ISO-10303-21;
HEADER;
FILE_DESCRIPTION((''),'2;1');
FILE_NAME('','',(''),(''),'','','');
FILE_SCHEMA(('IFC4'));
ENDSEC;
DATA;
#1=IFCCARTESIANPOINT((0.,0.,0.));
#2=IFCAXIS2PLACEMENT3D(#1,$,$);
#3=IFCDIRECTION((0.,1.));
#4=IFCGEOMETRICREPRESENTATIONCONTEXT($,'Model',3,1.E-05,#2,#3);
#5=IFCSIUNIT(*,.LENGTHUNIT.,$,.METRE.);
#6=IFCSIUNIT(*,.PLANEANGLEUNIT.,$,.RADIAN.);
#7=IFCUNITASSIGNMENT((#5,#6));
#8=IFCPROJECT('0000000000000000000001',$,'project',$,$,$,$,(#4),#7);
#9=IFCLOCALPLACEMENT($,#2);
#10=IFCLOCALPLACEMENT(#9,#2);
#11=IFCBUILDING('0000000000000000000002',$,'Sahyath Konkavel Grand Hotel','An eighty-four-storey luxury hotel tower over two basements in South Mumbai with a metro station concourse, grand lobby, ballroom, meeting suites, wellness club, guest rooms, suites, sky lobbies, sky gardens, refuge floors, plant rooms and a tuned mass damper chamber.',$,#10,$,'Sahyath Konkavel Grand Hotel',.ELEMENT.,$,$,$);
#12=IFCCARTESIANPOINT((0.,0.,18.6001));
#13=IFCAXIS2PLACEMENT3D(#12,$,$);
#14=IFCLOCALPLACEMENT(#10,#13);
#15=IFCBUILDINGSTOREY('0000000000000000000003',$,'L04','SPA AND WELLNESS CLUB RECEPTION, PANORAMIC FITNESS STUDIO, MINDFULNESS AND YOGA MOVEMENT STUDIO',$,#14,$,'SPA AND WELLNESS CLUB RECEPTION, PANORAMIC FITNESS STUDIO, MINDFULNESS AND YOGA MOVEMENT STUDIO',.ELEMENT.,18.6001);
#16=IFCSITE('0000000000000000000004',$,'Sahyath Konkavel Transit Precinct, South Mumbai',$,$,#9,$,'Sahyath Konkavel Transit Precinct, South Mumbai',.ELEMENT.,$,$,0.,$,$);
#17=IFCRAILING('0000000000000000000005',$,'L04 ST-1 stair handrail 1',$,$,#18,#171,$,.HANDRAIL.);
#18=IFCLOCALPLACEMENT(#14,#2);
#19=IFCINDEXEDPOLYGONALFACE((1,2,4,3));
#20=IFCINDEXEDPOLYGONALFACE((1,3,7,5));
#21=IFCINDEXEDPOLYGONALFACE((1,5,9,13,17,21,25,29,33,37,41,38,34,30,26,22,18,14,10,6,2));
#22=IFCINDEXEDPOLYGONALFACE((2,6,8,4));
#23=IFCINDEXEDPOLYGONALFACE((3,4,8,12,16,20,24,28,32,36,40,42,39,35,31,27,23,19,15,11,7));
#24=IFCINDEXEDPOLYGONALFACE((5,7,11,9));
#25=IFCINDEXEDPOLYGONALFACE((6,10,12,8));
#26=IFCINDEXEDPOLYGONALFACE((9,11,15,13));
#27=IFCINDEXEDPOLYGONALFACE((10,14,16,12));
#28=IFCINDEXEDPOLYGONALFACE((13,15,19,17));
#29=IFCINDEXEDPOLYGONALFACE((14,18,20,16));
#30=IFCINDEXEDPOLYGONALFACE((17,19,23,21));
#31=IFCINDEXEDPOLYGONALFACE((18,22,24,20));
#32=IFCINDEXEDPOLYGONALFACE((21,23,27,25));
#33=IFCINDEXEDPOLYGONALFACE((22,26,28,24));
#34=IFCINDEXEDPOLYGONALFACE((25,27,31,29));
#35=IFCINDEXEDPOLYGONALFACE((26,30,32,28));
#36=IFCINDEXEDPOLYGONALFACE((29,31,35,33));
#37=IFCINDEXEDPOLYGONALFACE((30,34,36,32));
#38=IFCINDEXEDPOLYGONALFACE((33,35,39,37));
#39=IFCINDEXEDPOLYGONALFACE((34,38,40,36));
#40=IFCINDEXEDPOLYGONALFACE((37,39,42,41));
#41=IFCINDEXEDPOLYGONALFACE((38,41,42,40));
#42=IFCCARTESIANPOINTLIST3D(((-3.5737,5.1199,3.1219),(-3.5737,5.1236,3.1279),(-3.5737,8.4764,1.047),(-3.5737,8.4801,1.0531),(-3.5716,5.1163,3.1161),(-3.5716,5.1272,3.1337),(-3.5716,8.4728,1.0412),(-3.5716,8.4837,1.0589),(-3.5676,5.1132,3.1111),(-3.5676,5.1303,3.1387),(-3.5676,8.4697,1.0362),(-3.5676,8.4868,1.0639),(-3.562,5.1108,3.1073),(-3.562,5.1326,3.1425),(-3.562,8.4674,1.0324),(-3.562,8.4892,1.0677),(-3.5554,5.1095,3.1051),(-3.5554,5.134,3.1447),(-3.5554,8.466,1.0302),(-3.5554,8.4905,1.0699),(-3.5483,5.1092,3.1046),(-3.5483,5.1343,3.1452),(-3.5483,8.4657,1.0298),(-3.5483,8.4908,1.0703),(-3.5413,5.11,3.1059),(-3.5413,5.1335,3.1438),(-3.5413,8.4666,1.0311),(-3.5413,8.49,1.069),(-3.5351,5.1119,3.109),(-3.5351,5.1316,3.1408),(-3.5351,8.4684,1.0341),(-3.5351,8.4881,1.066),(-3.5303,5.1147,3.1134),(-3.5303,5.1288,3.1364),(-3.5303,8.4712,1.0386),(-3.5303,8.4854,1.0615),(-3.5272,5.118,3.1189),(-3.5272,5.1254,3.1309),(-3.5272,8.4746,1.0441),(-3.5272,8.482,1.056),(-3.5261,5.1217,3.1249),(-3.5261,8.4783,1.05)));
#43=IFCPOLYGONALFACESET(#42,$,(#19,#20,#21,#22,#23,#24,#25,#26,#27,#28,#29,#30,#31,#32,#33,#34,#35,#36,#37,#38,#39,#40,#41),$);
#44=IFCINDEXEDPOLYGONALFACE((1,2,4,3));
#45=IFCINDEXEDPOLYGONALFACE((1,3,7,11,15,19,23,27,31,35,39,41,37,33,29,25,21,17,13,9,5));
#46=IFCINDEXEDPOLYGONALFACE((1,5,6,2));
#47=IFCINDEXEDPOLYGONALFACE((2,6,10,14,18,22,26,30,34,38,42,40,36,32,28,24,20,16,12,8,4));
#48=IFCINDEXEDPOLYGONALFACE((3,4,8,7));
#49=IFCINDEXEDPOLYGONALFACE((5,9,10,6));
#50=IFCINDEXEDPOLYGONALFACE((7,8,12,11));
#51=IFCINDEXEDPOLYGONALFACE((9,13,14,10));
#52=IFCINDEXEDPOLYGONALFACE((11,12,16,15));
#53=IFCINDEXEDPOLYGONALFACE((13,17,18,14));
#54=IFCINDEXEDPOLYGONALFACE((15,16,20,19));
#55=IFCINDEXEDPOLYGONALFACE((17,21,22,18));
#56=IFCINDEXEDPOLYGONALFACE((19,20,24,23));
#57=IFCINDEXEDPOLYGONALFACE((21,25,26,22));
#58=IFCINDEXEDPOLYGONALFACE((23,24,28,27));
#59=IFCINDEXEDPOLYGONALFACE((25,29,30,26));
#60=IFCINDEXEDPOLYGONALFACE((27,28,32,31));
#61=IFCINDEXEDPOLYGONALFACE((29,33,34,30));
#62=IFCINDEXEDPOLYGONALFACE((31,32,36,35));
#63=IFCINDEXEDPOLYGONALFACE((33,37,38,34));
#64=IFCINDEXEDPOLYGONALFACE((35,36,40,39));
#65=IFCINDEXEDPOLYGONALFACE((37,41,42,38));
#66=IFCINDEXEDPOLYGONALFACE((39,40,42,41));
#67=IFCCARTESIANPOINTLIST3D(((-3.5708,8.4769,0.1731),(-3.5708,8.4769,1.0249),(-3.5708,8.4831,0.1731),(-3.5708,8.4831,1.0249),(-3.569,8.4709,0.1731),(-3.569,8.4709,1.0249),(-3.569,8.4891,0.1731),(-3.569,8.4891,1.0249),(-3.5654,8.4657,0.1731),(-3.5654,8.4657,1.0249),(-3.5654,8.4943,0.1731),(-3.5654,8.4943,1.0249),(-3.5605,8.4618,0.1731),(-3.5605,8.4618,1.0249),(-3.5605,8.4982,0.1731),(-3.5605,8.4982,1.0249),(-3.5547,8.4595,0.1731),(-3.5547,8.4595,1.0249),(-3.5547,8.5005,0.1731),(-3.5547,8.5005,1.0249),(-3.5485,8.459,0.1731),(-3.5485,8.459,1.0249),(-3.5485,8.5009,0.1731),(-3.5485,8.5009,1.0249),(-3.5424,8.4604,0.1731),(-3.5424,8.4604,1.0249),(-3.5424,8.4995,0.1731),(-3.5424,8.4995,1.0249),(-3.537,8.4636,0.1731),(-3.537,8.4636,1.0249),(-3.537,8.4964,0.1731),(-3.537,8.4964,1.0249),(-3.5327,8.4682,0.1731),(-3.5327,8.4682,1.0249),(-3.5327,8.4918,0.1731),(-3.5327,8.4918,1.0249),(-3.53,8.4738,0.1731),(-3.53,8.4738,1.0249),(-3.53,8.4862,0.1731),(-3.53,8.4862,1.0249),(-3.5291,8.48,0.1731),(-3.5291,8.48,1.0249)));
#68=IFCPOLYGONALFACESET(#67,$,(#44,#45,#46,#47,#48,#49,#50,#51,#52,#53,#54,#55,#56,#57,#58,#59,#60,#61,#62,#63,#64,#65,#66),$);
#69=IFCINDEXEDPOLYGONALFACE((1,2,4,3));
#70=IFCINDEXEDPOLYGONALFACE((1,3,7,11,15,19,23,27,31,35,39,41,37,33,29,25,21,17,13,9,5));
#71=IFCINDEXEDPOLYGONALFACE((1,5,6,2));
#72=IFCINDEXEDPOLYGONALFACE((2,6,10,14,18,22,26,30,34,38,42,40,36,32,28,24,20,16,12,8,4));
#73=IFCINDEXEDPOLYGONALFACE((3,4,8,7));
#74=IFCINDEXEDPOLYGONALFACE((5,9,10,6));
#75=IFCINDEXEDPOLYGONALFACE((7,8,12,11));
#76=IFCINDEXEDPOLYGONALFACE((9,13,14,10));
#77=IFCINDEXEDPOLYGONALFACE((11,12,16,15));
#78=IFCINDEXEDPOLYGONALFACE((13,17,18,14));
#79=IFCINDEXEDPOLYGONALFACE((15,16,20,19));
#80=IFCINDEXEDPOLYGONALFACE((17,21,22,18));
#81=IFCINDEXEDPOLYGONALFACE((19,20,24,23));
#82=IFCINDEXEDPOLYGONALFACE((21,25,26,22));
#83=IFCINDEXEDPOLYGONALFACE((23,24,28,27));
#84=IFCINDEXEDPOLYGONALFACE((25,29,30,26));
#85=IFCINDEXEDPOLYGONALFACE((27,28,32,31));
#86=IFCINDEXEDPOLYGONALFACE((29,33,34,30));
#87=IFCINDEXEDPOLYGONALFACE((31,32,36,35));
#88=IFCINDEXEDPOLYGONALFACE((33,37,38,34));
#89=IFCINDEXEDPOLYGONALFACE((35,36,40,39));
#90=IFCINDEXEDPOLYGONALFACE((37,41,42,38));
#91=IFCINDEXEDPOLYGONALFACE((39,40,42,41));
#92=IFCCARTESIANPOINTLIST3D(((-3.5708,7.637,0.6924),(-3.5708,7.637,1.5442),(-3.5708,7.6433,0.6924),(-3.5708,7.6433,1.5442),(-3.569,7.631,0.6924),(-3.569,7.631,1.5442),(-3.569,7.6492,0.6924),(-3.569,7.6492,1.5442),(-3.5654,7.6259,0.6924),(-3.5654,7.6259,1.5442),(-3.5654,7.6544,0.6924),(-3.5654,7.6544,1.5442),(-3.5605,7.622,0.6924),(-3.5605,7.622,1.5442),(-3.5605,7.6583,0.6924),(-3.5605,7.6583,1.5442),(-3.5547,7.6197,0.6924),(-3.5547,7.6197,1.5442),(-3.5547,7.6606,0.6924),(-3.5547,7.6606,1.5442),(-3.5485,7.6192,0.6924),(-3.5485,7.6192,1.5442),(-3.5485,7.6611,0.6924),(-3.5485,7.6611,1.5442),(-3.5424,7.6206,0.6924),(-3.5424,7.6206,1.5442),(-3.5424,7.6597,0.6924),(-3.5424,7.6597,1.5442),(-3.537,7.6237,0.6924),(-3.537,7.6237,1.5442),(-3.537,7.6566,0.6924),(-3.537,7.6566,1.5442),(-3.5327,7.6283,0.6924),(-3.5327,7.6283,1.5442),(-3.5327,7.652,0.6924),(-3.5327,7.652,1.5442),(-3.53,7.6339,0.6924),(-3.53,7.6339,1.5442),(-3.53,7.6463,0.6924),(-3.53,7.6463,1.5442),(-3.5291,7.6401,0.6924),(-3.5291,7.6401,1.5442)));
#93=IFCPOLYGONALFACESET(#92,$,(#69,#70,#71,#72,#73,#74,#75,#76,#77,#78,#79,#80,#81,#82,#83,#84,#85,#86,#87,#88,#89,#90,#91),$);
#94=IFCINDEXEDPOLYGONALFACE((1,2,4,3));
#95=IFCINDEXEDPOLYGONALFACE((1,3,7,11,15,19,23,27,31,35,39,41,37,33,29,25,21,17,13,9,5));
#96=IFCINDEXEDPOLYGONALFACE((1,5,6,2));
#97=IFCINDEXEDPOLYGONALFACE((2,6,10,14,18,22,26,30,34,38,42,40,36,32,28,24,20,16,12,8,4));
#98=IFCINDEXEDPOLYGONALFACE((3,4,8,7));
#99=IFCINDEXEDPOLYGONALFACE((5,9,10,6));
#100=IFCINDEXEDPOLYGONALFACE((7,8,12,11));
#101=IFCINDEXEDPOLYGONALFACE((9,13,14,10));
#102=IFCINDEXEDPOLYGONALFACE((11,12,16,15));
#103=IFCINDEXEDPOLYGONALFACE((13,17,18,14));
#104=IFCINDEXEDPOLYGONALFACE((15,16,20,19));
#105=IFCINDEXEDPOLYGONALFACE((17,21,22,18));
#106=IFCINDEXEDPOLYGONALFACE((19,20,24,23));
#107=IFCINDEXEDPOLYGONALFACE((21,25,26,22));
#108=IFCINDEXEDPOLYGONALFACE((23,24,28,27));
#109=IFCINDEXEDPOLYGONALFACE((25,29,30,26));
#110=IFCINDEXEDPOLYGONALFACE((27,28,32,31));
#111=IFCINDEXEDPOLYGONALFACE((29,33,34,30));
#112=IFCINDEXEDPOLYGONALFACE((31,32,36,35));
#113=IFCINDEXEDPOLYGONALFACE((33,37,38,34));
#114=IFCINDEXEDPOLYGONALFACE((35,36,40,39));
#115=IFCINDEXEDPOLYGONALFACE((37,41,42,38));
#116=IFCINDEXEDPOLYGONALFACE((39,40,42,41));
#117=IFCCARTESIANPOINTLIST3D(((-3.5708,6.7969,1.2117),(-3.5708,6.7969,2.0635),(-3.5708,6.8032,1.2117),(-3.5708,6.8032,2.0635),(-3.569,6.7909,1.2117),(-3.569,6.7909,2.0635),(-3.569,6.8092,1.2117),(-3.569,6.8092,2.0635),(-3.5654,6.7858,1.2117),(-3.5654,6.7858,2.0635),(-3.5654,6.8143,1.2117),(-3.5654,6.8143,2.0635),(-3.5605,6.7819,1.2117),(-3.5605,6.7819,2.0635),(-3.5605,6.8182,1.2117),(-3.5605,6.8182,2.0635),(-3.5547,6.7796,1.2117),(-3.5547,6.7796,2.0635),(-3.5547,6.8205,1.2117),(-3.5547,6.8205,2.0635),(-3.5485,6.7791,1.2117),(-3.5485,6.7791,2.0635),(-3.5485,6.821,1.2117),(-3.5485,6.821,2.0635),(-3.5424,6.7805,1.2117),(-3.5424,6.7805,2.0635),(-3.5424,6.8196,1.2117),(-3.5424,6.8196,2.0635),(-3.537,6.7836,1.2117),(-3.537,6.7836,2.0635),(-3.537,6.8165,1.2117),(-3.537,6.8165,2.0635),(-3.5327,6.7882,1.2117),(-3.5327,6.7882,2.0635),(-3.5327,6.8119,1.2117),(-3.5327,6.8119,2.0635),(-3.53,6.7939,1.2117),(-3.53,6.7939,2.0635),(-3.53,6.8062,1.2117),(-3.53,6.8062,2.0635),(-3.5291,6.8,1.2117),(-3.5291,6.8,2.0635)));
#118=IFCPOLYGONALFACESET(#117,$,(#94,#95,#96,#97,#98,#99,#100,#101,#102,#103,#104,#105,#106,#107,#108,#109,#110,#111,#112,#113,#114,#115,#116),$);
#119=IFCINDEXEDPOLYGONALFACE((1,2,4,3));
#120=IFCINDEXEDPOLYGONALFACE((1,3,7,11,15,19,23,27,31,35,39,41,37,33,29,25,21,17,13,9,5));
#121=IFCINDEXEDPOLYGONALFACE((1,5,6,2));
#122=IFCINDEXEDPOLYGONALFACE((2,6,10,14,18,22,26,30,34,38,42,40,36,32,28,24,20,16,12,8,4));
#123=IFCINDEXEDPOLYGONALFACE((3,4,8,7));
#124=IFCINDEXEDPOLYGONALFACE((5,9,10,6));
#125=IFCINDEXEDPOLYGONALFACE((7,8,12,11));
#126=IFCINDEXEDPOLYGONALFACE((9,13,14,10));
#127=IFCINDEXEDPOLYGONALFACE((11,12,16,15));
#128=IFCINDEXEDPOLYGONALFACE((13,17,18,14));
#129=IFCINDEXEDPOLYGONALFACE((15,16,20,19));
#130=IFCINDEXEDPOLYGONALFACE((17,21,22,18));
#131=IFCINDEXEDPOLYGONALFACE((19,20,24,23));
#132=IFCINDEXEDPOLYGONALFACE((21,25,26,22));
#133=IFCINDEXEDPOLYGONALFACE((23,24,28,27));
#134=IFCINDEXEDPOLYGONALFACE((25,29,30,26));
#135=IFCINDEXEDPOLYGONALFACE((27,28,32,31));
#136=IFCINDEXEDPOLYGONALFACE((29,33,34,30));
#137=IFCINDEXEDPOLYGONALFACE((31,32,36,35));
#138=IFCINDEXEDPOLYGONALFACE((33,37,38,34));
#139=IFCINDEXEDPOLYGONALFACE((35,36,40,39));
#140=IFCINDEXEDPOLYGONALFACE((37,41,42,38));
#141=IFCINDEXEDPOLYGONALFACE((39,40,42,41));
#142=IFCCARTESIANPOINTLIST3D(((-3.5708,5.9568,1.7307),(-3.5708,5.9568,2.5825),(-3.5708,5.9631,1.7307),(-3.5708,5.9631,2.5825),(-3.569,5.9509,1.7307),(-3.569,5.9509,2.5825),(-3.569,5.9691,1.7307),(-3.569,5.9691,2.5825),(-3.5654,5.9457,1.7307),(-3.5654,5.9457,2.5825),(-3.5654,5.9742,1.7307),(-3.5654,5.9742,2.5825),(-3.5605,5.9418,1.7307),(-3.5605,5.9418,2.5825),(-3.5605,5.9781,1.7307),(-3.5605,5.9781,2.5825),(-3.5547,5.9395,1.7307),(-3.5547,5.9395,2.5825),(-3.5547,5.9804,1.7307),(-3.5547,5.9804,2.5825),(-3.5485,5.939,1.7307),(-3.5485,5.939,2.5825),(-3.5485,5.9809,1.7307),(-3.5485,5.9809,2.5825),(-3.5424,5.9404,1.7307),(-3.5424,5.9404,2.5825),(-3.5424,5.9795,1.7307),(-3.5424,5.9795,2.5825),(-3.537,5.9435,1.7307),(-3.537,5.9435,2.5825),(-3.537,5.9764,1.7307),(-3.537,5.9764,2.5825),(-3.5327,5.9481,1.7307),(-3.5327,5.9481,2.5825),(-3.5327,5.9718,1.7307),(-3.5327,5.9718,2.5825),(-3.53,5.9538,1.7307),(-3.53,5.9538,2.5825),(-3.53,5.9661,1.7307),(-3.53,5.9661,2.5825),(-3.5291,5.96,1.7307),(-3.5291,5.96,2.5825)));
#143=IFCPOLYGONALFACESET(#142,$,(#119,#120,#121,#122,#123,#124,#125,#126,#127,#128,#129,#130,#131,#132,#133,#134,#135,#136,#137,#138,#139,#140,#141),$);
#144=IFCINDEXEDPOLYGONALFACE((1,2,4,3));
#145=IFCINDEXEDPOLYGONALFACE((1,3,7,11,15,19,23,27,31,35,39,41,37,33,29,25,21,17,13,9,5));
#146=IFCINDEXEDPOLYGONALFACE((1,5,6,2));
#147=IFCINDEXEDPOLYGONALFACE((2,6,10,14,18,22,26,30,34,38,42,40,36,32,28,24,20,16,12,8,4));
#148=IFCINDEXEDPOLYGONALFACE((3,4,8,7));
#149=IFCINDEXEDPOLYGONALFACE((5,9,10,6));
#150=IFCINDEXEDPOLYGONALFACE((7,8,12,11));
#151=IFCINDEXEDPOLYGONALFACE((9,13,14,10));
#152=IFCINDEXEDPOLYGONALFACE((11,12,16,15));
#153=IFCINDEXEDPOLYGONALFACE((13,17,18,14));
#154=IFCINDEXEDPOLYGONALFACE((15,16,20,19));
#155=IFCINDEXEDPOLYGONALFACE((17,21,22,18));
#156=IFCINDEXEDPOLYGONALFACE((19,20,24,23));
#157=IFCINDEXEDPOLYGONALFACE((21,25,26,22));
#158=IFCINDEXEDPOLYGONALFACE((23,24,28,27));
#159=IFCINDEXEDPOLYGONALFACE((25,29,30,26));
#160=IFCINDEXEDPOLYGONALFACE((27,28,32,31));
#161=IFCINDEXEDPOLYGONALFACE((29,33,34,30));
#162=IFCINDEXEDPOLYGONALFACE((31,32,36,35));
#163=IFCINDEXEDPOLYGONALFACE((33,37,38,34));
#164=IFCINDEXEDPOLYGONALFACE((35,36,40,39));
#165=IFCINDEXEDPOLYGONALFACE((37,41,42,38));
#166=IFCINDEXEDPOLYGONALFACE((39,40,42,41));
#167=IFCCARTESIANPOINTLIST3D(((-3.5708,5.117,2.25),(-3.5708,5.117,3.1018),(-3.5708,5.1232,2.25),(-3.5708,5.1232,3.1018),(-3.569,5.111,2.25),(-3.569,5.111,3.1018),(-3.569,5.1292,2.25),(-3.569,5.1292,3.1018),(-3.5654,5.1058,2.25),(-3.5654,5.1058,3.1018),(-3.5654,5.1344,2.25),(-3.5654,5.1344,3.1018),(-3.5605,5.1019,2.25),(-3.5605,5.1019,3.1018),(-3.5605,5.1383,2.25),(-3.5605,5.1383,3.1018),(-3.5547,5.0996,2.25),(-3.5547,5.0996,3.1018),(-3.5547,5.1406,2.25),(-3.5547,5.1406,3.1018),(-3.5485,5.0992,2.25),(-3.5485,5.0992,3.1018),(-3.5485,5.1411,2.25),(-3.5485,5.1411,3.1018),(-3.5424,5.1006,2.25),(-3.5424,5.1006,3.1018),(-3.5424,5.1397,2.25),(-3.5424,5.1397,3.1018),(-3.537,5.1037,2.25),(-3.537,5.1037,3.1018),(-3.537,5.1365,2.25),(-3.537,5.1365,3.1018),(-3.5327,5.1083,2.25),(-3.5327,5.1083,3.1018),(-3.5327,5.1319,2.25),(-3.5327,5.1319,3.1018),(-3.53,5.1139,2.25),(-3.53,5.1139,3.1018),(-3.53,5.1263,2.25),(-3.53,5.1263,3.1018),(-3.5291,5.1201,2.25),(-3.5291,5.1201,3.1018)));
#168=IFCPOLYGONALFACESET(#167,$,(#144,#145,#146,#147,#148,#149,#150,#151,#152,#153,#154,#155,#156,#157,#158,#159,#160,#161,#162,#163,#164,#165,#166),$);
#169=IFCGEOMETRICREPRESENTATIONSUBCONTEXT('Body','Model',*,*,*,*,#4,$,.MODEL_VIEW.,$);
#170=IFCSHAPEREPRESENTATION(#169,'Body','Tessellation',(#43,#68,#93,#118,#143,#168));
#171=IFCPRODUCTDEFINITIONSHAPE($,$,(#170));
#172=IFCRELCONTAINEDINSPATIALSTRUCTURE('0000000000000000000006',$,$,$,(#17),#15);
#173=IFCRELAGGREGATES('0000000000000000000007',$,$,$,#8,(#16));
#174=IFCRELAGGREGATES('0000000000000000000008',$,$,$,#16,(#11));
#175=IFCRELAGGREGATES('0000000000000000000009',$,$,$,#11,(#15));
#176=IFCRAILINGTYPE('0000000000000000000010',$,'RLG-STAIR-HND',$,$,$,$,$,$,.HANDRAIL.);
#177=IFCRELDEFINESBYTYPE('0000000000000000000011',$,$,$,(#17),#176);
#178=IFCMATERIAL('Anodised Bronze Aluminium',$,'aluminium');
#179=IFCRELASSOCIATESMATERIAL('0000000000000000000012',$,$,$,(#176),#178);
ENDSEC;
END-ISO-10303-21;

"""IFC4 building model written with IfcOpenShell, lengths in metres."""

from ifc_helpers import new_model, si_unit, direction, frame, origin, origin_2d, place, context, subcontext, project, spatial, circle, extrude, material, type_object, element, save


model = new_model("IFC4")

# Units and contexts
model_context = context("Model", 3, precision=1e-05, world=origin(), true_north=direction((0.0, 1.0)))
body_context = subcontext(model_context, "Body", "Model", "MODEL_VIEW")
ifc_project = project(units=[si_unit("LENGTHUNIT", "METRE"), si_unit("PLANEANGLEUNIT", "RADIAN")], contexts=[model_context])

# Site, building, storey
site_placement = place(None, origin())
site = spatial("IfcSite", under=ifc_project, at=site_placement, Name="Sahyath Konkavel Transit Precinct, South Mumbai", LongName="Sahyath Konkavel Transit Precinct, South Mumbai", CompositionType="ELEMENT", RefElevation=0.0)
building_placement = place(site_placement, origin())
building = spatial("IfcBuilding", under=site, at=building_placement, Name="Sahyath Konkavel Grand Hotel", Description="An eighty-four-storey luxury hotel tower over two basements in South Mumbai with a metro station concourse, grand lobby, ballroom, meeting suites, wellness club, guest rooms, suites, sky lobbies, sky gardens, refuge floors, plant rooms and a tuned mass damper chamber.", LongName="Sahyath Konkavel Grand Hotel", CompositionType="ELEMENT")
storey_placement = place(building_placement, frame((0.0, 0.0, 18.6001)))
storey = spatial("IfcBuildingStorey", under=building, at=storey_placement, Name="L04", Description="SPA AND WELLNESS CLUB RECEPTION, PANORAMIC FITNESS STUDIO, MINDFULNESS AND YOGA MOVEMENT STUDIO", LongName="SPA AND WELLNESS CLUB RECEPTION, PANORAMIC FITNESS STUDIO, MINDFULNESS AND YOGA MOVEMENT STUDIO", CompositionType="ELEMENT", Elevation=18.6001)

# Shared definitions
ifc_material_1 = material(Name="Anodised Bronze Aluminium", Category="aluminium")

# Railing
railing_type_1 = type_object("IfcRailingType", Name="RLG-STAIR-HND", PredefinedType="HANDRAIL", material=ifc_material_1)
railing_1_placement = place(storey_placement, frame((-3.55, 8.48, 0.1731)))
element("IfcRailing", 1, at=railing_1_placement, inside=storey, type_object=railing_type_1, Name="L04 ST-1 stair handrail 1", PredefinedType="HANDRAIL", context=body_context, shape_type="SweptSolid", body=[
    extrude(circle(Radius=0.0239, at=origin_2d()), frame((0.0, -0.0017, 0.877), z_axis=(0.0, -0.850606, 0.525803), x_axis=(1.0, 0.0, 0.0)), (0.0, 0.0, 1.0), 3.946),
    extrude(circle(Radius=0.021, at=origin_2d()), origin(), (0.0, 0.0, 1.0), 0.8518),
    extrude(circle(Radius=0.021, at=origin_2d()), frame((0.0, -0.8398, 0.5193)), (0.0, 0.0, 1.0), 0.8518),
    extrude(circle(Radius=0.021, at=origin_2d()), frame((0.0, -1.6799, 1.0386)), (0.0, 0.0, 1.0), 0.8518),
    extrude(circle(Radius=0.021, at=origin_2d()), frame((0.0, -2.52, 1.5576)), (0.0, 0.0, 1.0), 0.8518),
    extrude(circle(Radius=0.021, at=origin_2d()), frame((0.0, -3.3599, 2.0769)), (0.0, 0.0, 1.0), 0.8518),
])

save(model, "model.ifc")
